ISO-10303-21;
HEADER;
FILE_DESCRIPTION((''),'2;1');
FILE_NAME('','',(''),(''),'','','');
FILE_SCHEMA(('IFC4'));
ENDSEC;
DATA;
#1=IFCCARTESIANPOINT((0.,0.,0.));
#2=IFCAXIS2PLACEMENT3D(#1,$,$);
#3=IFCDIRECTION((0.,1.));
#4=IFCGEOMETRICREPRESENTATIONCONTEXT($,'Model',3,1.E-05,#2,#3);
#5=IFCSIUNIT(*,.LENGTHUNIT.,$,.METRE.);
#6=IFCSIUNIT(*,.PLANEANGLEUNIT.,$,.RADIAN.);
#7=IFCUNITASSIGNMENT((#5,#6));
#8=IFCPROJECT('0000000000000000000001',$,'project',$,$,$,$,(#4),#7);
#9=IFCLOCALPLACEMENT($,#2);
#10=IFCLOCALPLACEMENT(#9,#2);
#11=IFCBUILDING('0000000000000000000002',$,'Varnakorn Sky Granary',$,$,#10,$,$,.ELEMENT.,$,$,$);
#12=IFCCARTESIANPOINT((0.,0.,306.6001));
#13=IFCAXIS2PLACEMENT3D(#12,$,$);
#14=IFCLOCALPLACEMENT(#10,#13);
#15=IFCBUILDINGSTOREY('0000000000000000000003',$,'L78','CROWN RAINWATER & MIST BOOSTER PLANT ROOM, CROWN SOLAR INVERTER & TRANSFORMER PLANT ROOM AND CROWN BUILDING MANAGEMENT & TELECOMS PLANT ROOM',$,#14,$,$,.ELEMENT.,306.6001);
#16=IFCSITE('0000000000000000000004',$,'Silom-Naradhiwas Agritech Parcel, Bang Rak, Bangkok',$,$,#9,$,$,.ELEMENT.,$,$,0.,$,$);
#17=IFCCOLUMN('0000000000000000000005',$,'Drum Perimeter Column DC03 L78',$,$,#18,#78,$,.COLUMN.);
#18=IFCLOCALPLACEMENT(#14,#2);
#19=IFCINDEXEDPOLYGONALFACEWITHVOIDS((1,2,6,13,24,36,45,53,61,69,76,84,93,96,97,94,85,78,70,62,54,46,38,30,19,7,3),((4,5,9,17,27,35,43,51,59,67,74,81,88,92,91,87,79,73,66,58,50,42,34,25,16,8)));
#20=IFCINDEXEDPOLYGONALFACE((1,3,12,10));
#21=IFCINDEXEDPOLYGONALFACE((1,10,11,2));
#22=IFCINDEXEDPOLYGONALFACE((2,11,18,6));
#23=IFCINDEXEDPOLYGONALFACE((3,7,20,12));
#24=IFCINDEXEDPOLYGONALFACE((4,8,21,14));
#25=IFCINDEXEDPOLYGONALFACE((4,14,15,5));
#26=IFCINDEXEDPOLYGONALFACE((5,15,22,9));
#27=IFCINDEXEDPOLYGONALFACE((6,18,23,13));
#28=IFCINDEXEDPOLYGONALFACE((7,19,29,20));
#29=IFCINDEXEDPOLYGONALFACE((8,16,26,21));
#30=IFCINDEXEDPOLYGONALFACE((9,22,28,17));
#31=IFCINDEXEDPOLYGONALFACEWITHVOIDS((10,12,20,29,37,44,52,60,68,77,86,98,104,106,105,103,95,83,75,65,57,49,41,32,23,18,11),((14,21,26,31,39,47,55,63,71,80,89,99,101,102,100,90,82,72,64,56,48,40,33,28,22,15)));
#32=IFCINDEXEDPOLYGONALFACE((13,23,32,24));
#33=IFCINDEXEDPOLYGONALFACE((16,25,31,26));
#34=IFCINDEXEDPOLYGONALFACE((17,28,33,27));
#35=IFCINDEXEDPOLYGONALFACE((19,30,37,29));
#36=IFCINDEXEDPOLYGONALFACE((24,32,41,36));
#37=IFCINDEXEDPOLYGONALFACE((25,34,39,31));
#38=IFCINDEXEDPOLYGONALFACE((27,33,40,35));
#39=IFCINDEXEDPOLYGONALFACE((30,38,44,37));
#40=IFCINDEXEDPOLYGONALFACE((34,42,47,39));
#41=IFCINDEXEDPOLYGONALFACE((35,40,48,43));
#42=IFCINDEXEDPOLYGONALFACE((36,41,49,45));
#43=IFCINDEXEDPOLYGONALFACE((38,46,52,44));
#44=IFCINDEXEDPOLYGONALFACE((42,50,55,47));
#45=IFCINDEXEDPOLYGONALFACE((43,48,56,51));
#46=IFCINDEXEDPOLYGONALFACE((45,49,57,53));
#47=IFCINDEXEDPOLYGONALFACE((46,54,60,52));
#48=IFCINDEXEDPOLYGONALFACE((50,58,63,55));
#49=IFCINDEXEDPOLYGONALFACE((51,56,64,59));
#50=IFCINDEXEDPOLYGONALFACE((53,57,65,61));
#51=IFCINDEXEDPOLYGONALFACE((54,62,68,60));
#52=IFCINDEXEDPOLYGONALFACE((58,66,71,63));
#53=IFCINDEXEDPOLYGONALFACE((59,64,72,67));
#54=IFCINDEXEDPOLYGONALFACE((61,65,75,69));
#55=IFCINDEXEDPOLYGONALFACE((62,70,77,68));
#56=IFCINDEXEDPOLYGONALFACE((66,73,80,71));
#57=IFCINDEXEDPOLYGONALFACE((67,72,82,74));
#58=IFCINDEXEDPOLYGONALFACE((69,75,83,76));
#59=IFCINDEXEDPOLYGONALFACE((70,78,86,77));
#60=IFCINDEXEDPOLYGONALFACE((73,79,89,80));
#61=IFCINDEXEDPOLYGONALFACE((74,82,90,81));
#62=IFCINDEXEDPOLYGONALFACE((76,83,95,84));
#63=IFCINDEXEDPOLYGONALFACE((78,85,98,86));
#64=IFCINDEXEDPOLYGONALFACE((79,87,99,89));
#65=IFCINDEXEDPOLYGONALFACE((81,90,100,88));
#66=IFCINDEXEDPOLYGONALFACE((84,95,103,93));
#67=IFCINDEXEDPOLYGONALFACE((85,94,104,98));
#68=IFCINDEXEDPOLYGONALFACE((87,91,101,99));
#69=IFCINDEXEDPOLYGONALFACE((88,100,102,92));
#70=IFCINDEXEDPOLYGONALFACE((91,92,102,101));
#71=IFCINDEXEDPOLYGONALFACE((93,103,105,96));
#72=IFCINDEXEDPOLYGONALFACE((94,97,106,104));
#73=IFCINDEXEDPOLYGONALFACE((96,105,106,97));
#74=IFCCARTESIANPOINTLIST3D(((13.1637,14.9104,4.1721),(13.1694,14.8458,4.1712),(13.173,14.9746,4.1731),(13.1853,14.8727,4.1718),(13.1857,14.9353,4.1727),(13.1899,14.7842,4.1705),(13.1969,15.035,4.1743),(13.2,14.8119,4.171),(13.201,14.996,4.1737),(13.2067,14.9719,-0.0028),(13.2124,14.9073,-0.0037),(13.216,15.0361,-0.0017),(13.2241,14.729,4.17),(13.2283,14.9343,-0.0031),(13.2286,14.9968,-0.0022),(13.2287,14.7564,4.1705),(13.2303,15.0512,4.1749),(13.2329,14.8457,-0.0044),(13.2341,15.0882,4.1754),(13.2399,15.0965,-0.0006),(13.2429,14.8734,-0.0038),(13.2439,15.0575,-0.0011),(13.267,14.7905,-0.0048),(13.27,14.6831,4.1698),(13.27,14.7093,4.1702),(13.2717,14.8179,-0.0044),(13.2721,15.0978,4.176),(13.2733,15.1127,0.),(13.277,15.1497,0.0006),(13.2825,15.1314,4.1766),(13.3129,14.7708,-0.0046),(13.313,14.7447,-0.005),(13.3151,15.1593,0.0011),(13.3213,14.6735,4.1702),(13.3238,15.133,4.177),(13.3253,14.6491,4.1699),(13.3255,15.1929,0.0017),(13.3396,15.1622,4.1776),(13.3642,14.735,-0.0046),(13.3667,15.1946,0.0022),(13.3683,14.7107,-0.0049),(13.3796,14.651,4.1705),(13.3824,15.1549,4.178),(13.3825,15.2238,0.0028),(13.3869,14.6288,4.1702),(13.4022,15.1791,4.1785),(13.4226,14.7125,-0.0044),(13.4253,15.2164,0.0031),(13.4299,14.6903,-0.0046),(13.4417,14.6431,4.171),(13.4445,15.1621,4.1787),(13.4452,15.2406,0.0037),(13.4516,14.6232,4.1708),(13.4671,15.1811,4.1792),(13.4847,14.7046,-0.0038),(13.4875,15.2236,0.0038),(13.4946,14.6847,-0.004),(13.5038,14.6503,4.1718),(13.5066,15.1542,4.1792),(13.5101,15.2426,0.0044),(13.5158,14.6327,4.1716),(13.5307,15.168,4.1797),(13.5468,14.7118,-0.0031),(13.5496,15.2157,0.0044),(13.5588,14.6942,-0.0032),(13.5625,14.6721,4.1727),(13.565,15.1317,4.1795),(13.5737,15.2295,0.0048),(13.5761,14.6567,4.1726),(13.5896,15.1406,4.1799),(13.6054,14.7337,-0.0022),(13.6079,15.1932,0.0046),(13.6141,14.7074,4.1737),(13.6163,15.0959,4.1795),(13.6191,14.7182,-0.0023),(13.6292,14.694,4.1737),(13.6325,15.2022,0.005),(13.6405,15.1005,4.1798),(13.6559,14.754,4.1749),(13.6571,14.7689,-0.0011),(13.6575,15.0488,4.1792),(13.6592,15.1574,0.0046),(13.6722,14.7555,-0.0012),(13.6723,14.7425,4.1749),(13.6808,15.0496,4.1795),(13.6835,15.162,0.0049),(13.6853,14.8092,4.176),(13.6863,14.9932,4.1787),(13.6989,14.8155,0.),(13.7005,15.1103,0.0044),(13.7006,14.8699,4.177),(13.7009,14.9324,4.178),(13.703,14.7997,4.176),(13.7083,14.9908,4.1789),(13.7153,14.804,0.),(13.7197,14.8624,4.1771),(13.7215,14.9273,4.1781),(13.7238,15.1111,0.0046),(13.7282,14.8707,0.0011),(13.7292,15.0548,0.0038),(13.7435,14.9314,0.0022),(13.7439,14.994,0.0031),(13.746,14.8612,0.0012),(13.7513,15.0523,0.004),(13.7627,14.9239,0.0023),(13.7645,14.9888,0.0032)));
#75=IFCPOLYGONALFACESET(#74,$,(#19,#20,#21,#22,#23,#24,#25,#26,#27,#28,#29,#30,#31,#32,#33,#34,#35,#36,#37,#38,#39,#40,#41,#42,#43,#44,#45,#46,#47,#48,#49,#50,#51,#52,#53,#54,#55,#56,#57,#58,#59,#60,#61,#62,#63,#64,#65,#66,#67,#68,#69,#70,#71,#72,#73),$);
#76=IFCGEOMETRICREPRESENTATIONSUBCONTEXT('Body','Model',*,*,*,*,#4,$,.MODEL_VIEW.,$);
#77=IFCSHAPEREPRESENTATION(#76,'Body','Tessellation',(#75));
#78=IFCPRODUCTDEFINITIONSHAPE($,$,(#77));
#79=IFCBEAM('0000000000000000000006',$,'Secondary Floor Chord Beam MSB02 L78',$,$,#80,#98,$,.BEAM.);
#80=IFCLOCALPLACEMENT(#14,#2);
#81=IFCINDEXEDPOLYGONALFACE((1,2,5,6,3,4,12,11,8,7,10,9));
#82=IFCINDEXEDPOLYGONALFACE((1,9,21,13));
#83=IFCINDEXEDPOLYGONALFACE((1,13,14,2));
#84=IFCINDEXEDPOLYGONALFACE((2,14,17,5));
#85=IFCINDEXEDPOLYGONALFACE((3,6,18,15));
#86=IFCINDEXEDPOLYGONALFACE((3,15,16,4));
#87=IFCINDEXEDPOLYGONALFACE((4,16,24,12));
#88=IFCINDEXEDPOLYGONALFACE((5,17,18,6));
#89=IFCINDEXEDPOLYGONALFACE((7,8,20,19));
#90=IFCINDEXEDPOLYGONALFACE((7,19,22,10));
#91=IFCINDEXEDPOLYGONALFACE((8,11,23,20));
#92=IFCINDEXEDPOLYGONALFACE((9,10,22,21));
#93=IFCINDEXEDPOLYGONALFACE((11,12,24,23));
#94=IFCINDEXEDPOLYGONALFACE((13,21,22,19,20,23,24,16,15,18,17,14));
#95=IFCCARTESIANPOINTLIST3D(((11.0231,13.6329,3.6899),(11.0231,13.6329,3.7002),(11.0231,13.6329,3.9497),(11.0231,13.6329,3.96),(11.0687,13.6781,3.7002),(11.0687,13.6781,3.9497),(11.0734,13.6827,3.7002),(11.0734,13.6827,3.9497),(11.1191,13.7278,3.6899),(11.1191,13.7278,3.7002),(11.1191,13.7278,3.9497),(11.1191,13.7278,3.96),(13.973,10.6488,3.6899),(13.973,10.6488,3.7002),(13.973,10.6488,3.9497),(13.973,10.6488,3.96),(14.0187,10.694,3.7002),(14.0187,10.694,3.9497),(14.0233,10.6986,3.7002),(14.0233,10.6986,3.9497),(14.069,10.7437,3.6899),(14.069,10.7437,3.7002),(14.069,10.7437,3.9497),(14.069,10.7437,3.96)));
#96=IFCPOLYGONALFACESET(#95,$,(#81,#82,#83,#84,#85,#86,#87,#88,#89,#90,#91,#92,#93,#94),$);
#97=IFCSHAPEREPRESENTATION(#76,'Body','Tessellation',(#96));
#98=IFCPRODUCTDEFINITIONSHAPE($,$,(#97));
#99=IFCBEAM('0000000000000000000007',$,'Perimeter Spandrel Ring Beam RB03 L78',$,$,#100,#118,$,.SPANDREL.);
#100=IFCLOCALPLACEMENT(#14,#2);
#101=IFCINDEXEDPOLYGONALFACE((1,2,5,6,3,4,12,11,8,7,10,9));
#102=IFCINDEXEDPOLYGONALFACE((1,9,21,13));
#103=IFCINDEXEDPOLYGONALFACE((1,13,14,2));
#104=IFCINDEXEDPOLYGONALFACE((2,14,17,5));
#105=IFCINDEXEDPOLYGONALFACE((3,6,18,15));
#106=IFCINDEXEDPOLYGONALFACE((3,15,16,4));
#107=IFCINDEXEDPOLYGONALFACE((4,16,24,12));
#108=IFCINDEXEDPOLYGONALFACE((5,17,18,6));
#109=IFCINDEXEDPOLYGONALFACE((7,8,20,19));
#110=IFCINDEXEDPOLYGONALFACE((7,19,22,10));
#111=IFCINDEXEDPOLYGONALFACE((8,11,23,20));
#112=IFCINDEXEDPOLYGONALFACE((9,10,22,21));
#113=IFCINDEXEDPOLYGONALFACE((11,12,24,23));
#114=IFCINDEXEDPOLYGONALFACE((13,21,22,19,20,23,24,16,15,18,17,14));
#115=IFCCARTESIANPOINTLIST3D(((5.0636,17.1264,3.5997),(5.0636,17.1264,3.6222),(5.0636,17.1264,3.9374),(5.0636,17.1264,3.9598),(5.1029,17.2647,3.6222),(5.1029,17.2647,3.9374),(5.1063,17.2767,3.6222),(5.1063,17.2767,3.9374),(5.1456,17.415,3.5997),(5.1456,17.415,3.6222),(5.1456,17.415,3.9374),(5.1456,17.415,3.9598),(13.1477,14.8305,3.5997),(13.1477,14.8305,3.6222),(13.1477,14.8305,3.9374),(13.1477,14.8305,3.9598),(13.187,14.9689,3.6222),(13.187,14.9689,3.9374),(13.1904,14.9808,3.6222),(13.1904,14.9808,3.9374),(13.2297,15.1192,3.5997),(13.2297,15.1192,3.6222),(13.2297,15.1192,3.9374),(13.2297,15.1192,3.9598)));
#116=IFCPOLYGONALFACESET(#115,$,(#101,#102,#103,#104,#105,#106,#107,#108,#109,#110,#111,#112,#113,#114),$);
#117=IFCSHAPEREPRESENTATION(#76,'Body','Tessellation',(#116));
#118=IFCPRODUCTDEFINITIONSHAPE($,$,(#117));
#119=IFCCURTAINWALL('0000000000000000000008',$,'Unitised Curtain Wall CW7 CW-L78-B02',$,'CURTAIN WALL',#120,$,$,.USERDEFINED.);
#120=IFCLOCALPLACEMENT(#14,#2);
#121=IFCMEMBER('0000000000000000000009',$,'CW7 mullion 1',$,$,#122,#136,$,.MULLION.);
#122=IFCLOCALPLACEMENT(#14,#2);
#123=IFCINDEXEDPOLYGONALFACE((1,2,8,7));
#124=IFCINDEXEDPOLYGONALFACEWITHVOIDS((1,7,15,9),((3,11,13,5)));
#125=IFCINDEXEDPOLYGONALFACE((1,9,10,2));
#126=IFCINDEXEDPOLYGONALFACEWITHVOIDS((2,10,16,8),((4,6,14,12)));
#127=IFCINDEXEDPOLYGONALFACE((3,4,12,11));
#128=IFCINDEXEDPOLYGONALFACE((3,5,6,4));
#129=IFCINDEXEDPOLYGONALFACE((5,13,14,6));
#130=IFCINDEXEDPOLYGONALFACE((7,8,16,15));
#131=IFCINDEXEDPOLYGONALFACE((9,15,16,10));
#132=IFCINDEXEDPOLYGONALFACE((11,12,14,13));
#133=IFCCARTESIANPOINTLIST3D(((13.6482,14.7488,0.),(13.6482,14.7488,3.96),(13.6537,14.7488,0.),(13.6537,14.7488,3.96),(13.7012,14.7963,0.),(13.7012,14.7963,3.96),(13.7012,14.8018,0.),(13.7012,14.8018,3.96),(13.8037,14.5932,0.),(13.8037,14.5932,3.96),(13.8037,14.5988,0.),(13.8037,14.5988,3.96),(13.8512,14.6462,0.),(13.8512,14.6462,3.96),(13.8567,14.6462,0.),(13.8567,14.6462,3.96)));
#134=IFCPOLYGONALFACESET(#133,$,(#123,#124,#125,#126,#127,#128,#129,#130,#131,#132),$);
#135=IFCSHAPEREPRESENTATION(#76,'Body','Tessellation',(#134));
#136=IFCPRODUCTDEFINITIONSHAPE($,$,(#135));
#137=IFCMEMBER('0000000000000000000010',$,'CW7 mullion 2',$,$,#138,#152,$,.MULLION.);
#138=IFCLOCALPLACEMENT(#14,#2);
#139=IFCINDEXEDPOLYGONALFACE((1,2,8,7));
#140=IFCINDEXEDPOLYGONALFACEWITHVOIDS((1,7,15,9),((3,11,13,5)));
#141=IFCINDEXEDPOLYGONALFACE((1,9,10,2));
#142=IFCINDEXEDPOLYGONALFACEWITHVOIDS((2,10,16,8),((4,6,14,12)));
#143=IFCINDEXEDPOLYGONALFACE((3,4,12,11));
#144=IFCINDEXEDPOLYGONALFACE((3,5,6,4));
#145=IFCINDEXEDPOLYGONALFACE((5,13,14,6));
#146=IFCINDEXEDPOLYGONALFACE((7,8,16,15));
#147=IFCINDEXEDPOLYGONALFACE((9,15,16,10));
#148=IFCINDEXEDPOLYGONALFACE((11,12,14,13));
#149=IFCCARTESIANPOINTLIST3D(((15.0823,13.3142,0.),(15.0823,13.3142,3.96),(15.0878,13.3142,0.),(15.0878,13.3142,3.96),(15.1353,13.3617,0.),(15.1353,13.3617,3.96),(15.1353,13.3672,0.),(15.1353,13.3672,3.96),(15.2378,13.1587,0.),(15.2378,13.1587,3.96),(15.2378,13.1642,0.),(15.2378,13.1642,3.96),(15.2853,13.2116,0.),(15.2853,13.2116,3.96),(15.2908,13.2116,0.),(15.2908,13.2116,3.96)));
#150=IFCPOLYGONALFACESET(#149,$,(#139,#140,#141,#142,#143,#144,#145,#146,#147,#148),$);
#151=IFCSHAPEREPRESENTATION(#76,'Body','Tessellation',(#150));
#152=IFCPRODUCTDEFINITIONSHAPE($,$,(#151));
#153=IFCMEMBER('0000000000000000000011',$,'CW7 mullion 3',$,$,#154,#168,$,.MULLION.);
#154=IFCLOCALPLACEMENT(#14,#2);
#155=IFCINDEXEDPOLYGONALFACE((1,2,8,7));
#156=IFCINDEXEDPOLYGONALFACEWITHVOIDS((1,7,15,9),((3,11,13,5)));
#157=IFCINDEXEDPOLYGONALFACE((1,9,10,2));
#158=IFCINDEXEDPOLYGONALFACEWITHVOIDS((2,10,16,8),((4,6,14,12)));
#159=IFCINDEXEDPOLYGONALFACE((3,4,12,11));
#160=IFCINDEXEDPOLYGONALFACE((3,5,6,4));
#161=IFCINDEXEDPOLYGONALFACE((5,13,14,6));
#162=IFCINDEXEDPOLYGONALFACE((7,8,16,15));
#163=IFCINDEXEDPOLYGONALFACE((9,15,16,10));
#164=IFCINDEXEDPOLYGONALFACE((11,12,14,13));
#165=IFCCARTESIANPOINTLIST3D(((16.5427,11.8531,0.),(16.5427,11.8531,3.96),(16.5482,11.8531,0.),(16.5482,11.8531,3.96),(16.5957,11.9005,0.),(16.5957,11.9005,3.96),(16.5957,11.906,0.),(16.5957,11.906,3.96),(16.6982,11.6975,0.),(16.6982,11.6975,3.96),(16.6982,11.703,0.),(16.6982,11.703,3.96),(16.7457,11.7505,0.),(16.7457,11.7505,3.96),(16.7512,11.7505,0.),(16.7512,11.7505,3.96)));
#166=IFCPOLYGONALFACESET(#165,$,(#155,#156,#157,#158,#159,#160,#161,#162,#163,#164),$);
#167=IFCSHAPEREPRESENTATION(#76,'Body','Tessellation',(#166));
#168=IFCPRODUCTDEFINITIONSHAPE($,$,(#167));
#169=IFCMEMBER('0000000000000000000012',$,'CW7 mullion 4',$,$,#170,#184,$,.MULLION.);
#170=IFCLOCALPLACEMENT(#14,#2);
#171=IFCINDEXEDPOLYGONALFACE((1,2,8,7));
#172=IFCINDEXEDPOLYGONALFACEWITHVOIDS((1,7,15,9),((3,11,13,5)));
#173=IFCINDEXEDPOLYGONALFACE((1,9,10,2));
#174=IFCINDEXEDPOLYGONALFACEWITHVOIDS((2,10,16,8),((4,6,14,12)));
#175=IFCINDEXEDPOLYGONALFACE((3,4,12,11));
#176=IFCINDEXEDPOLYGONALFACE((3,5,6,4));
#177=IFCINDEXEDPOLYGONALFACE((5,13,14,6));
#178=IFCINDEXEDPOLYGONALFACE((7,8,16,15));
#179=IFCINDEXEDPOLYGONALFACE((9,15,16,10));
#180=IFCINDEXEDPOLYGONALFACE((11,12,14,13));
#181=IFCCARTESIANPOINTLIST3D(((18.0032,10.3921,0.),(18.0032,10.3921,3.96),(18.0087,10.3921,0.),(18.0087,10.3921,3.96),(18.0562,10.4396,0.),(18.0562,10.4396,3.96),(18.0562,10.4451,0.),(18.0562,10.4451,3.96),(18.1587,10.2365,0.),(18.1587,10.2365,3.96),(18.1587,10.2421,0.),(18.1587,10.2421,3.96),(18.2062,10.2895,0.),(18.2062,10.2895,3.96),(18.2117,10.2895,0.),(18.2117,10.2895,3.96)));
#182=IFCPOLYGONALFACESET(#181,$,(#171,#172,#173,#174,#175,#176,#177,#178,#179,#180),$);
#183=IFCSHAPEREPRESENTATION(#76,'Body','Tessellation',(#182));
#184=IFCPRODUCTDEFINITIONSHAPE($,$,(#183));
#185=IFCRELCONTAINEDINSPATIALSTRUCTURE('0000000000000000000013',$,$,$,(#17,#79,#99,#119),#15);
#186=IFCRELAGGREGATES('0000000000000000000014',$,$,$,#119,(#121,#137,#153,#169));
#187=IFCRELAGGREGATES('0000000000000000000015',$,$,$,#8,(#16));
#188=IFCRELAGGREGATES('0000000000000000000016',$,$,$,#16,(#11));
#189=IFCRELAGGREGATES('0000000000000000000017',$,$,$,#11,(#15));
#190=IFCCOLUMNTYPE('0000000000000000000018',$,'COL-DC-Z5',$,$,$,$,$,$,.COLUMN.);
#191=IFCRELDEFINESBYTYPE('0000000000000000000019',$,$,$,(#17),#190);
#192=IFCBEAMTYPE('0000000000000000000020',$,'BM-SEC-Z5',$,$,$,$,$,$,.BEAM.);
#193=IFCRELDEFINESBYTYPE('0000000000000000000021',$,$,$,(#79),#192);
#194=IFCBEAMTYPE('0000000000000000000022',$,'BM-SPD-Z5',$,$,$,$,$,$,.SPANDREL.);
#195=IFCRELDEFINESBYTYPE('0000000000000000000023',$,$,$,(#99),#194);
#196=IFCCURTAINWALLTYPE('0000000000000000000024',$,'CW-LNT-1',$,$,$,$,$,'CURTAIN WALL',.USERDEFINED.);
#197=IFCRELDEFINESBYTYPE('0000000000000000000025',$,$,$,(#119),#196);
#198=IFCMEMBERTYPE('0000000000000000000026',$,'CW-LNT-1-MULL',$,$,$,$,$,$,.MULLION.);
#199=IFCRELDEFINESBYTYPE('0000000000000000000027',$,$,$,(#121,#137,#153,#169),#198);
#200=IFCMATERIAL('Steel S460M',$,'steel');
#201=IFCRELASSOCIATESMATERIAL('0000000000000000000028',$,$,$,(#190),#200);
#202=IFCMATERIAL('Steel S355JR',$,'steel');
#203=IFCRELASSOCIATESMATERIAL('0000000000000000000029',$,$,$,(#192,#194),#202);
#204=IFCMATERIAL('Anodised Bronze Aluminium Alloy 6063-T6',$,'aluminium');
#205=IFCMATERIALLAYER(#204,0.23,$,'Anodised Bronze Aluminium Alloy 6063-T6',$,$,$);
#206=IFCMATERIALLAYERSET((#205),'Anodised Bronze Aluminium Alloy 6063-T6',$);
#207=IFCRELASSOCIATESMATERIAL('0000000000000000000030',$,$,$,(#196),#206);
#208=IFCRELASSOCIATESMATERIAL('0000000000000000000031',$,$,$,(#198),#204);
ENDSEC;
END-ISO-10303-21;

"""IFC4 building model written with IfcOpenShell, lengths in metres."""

from ifc_helpers import new_model, si_unit, direction, frame, origin, origin_2d, place, context, subcontext, project, spatial, hollow_rectangle, hollow_circle, i_section, extrude, material, layer, layer_set, material_profile, profile_set, type_object, element, aggregate, save


model = new_model("IFC4")

# Units and contexts
model_context = context("Model", 3, precision=1e-05, world=origin(), true_north=direction((0.0, 1.0)))
body_context = subcontext(model_context, "Body", "Model", "MODEL_VIEW")
ifc_project = project(units=[si_unit("LENGTHUNIT", "METRE"), si_unit("PLANEANGLEUNIT", "RADIAN")], contexts=[model_context])

# Site, building, storey
site_placement = place(None, origin())
site = spatial("IfcSite", under=ifc_project, at=site_placement, Name="Silom-Naradhiwas Agritech Parcel, Bang Rak, Bangkok", CompositionType="ELEMENT", RefElevation=0.0)
building_placement = place(site_placement, origin())
building = spatial("IfcBuilding", under=site, at=building_placement, Name="Varnakorn Sky Granary", CompositionType="ELEMENT")
storey_placement = place(building_placement, frame((0.0, 0.0, 306.6001)))
storey = spatial("IfcBuildingStorey", under=building, at=storey_placement, Name="L78", Description="CROWN RAINWATER & MIST BOOSTER PLANT ROOM, CROWN SOLAR INVERTER & TRANSFORMER PLANT ROOM AND CROWN BUILDING MANAGEMENT & TELECOMS PLANT ROOM", CompositionType="ELEMENT", Elevation=306.6001)

# Column
ifc_material_1 = material(Name="Steel S460M", Category="steel")
ifc_material_profile_1 = material_profile(ifc_material_1, hollow_circle(Radius=0.2795, WallThickness=0.02, at=origin_2d()), Name="CHS 559x20")
ifc_profile_set_1 = profile_set([ifc_material_profile_1], Name="Steel S460M")
column_type = type_object("IfcColumnType", Name="COL-DC-Z5", PredefinedType="COLUMN", material=ifc_profile_set_1)
column_placement = place(storey_placement, frame((13.4861, 14.9641, 0.0), z_axis=(-0.010291, -0.014734, 0.999838), x_axis=(0.819843, -0.572589, 0.0)))
element("IfcColumn", 1, at=column_placement, inside=storey, type_object=column_type, Name="Drum Perimeter Column DC03 L78", PredefinedType="COLUMN", context=body_context, shape_type="SweptSolid", body=[
    extrude(hollow_circle(Radius=0.2795, WallThickness=0.02, at=origin_2d()), origin(), (0.0, 0.0, 1.0), 4.1755),
])

# Beams
ifc_material_2 = material(Name="Steel S355JR", Category="steel")
ifc_material_profile_2 = material_profile(ifc_material_2, i_section(OverallWidth=0.135, OverallDepth=0.27, WebThickness=0.0066, FlangeThickness=0.0103, at=origin_2d()), Name="IPE 270")
ifc_profile_set_2 = profile_set([ifc_material_profile_2], Name="Steel S355JR")
beam_type_1 = type_object("IfcBeamType", Name="BM-SEC-Z5", PredefinedType="BEAM", material=ifc_profile_set_2)
beam_1_placement = place(storey_placement, frame((14.021, 10.6963, 3.825), z_axis=(-0.703022, 0.711168, 0.0), x_axis=(-0.711168, -0.703022, 0.0)))
element("IfcBeam", 2, at=beam_1_placement, inside=storey, type_object=beam_type_1, Name="Secondary Floor Chord Beam MSB02 L78", PredefinedType="BEAM", context=body_context, shape_type="SweptSolid", body=[
    extrude(i_section(OverallWidth=0.135, OverallDepth=0.27, WebThickness=0.0066, FlangeThickness=0.0103, at=origin_2d()), origin(), (0.0, 0.0, 1.0), 4.196),
])
ifc_material_profile_3 = material_profile(ifc_material_2, i_section(OverallWidth=0.3, OverallDepth=0.3601, WebThickness=0.0125, FlangeThickness=0.0225, at=origin_2d()), Name="HE 360 B")
ifc_profile_set_3 = profile_set([ifc_material_profile_3], Name="Steel S355JR")
beam_type_2 = type_object("IfcBeamType", Name="BM-SPD-Z5", PredefinedType="SPANDREL", material=ifc_profile_set_3)
beam_2_placement = place(storey_placement, frame((13.1887, 14.9749, 3.7798), z_axis=(-0.961959, 0.273194, 0.0), x_axis=(-0.273194, -0.961959, 0.0)))
element("IfcBeam", 3, at=beam_2_placement, inside=storey, type_object=beam_type_2, Name="Perimeter Spandrel Ring Beam RB03 L78", PredefinedType="SPANDREL", context=body_context, shape_type="SweptSolid", body=[
    extrude(i_section(OverallWidth=0.3, OverallDepth=0.3601, WebThickness=0.0125, FlangeThickness=0.0225, at=origin_2d()), origin(), (0.0, 0.0, 1.0), 8.4038),
])

# Curtain wall, members
ifc_material_3 = material(Name="Anodised Bronze Aluminium Alloy 6063-T6", Category="aluminium")
ifc_layer_1 = layer(ifc_material_3, 0.23, Name="Anodised Bronze Aluminium Alloy 6063-T6")
ifc_layer_set_1 = layer_set([ifc_layer_1], Name="Anodised Bronze Aluminium Alloy 6063-T6")
curtain_wall_type = type_object("IfcCurtainWallType", Name="CW-LNT-1", ElementType="CURTAIN WALL", PredefinedType="USERDEFINED", material=ifc_layer_set_1)
curtain_wall_1_placement = place(storey_placement, origin())
curtain_wall_1 = element("IfcCurtainWall", 4, at=curtain_wall_1_placement, inside=storey, type_object=curtain_wall_type, Name="Unitised Curtain Wall CW7 CW-L78-B02", ObjectType="CURTAIN WALL", PredefinedType="USERDEFINED")
ifc_material_profile_4 = material_profile(ifc_material_3, hollow_rectangle(XDim=0.075, YDim=0.22, WallThickness=0.0039, at=origin_2d()), Name="ALU MULL 75x220")
ifc_profile_set_4 = profile_set([ifc_material_profile_4], Name="Anodised Bronze Aluminium Alloy 6063-T6")
member_type_1 = type_object("IfcMemberType", Name="CW-LNT-1-MULL", PredefinedType="MULLION", material=ifc_profile_set_4)
member_1_placement = place(storey_placement, frame((13.7524, 14.6975, 0.0), z_axis=(0.0, 0.0, 1.0), x_axis=(0.707252, 0.706962, 0.0)))
member_1 = element("IfcMember", 5, at=member_1_placement, type_object=member_type_1, Name="CW7 mullion 1", PredefinedType="MULLION", context=body_context, shape_type="SweptSolid", body=[
    extrude(hollow_rectangle(XDim=0.075, YDim=0.22, WallThickness=0.0039, at=origin_2d()), origin(), (0.0, 0.0, 1.0), 3.96),
])
member_2_placement = place(storey_placement, frame((15.1865, 13.2629, 0.0), z_axis=(0.0, 0.0, 1.0), x_axis=(0.707252, 0.706962, 0.0)))
member_2 = element("IfcMember", 6, at=member_2_placement, type_object=member_type_1, Name="CW7 mullion 2", PredefinedType="MULLION", context=body_context, shape_type="SweptSolid", body=[
    extrude(hollow_rectangle(XDim=0.075, YDim=0.22, WallThickness=0.0039, at=origin_2d()), origin(), (0.0, 0.0, 1.0), 3.96),
])
member_3_placement = place(storey_placement, frame((16.647, 11.8018, 0.0), z_axis=(0.0, 0.0, 1.0), x_axis=(0.707252, 0.706962, 0.0)))
member_3 = element("IfcMember", 7, at=member_3_placement, type_object=member_type_1, Name="CW7 mullion 3", PredefinedType="MULLION", context=body_context, shape_type="SweptSolid", body=[
    extrude(hollow_rectangle(XDim=0.075, YDim=0.22, WallThickness=0.0039, at=origin_2d()), origin(), (0.0, 0.0, 1.0), 3.96),
])
member_4_placement = place(storey_placement, frame((18.1074, 10.3408, 0.0), z_axis=(0.0, 0.0, 1.0), x_axis=(0.707252, 0.706962, 0.0)))
member_4 = element("IfcMember", 8, at=member_4_placement, type_object=member_type_1, Name="CW7 mullion 4", PredefinedType="MULLION", context=body_context, shape_type="SweptSolid", body=[
    extrude(hollow_rectangle(XDim=0.075, YDim=0.22, WallThickness=0.0039, at=origin_2d()), origin(), (0.0, 0.0, 1.0), 3.96),
])

aggregate(curtain_wall_1, [member_1, member_2, member_3, member_4])

save(model, "model.ifc")
